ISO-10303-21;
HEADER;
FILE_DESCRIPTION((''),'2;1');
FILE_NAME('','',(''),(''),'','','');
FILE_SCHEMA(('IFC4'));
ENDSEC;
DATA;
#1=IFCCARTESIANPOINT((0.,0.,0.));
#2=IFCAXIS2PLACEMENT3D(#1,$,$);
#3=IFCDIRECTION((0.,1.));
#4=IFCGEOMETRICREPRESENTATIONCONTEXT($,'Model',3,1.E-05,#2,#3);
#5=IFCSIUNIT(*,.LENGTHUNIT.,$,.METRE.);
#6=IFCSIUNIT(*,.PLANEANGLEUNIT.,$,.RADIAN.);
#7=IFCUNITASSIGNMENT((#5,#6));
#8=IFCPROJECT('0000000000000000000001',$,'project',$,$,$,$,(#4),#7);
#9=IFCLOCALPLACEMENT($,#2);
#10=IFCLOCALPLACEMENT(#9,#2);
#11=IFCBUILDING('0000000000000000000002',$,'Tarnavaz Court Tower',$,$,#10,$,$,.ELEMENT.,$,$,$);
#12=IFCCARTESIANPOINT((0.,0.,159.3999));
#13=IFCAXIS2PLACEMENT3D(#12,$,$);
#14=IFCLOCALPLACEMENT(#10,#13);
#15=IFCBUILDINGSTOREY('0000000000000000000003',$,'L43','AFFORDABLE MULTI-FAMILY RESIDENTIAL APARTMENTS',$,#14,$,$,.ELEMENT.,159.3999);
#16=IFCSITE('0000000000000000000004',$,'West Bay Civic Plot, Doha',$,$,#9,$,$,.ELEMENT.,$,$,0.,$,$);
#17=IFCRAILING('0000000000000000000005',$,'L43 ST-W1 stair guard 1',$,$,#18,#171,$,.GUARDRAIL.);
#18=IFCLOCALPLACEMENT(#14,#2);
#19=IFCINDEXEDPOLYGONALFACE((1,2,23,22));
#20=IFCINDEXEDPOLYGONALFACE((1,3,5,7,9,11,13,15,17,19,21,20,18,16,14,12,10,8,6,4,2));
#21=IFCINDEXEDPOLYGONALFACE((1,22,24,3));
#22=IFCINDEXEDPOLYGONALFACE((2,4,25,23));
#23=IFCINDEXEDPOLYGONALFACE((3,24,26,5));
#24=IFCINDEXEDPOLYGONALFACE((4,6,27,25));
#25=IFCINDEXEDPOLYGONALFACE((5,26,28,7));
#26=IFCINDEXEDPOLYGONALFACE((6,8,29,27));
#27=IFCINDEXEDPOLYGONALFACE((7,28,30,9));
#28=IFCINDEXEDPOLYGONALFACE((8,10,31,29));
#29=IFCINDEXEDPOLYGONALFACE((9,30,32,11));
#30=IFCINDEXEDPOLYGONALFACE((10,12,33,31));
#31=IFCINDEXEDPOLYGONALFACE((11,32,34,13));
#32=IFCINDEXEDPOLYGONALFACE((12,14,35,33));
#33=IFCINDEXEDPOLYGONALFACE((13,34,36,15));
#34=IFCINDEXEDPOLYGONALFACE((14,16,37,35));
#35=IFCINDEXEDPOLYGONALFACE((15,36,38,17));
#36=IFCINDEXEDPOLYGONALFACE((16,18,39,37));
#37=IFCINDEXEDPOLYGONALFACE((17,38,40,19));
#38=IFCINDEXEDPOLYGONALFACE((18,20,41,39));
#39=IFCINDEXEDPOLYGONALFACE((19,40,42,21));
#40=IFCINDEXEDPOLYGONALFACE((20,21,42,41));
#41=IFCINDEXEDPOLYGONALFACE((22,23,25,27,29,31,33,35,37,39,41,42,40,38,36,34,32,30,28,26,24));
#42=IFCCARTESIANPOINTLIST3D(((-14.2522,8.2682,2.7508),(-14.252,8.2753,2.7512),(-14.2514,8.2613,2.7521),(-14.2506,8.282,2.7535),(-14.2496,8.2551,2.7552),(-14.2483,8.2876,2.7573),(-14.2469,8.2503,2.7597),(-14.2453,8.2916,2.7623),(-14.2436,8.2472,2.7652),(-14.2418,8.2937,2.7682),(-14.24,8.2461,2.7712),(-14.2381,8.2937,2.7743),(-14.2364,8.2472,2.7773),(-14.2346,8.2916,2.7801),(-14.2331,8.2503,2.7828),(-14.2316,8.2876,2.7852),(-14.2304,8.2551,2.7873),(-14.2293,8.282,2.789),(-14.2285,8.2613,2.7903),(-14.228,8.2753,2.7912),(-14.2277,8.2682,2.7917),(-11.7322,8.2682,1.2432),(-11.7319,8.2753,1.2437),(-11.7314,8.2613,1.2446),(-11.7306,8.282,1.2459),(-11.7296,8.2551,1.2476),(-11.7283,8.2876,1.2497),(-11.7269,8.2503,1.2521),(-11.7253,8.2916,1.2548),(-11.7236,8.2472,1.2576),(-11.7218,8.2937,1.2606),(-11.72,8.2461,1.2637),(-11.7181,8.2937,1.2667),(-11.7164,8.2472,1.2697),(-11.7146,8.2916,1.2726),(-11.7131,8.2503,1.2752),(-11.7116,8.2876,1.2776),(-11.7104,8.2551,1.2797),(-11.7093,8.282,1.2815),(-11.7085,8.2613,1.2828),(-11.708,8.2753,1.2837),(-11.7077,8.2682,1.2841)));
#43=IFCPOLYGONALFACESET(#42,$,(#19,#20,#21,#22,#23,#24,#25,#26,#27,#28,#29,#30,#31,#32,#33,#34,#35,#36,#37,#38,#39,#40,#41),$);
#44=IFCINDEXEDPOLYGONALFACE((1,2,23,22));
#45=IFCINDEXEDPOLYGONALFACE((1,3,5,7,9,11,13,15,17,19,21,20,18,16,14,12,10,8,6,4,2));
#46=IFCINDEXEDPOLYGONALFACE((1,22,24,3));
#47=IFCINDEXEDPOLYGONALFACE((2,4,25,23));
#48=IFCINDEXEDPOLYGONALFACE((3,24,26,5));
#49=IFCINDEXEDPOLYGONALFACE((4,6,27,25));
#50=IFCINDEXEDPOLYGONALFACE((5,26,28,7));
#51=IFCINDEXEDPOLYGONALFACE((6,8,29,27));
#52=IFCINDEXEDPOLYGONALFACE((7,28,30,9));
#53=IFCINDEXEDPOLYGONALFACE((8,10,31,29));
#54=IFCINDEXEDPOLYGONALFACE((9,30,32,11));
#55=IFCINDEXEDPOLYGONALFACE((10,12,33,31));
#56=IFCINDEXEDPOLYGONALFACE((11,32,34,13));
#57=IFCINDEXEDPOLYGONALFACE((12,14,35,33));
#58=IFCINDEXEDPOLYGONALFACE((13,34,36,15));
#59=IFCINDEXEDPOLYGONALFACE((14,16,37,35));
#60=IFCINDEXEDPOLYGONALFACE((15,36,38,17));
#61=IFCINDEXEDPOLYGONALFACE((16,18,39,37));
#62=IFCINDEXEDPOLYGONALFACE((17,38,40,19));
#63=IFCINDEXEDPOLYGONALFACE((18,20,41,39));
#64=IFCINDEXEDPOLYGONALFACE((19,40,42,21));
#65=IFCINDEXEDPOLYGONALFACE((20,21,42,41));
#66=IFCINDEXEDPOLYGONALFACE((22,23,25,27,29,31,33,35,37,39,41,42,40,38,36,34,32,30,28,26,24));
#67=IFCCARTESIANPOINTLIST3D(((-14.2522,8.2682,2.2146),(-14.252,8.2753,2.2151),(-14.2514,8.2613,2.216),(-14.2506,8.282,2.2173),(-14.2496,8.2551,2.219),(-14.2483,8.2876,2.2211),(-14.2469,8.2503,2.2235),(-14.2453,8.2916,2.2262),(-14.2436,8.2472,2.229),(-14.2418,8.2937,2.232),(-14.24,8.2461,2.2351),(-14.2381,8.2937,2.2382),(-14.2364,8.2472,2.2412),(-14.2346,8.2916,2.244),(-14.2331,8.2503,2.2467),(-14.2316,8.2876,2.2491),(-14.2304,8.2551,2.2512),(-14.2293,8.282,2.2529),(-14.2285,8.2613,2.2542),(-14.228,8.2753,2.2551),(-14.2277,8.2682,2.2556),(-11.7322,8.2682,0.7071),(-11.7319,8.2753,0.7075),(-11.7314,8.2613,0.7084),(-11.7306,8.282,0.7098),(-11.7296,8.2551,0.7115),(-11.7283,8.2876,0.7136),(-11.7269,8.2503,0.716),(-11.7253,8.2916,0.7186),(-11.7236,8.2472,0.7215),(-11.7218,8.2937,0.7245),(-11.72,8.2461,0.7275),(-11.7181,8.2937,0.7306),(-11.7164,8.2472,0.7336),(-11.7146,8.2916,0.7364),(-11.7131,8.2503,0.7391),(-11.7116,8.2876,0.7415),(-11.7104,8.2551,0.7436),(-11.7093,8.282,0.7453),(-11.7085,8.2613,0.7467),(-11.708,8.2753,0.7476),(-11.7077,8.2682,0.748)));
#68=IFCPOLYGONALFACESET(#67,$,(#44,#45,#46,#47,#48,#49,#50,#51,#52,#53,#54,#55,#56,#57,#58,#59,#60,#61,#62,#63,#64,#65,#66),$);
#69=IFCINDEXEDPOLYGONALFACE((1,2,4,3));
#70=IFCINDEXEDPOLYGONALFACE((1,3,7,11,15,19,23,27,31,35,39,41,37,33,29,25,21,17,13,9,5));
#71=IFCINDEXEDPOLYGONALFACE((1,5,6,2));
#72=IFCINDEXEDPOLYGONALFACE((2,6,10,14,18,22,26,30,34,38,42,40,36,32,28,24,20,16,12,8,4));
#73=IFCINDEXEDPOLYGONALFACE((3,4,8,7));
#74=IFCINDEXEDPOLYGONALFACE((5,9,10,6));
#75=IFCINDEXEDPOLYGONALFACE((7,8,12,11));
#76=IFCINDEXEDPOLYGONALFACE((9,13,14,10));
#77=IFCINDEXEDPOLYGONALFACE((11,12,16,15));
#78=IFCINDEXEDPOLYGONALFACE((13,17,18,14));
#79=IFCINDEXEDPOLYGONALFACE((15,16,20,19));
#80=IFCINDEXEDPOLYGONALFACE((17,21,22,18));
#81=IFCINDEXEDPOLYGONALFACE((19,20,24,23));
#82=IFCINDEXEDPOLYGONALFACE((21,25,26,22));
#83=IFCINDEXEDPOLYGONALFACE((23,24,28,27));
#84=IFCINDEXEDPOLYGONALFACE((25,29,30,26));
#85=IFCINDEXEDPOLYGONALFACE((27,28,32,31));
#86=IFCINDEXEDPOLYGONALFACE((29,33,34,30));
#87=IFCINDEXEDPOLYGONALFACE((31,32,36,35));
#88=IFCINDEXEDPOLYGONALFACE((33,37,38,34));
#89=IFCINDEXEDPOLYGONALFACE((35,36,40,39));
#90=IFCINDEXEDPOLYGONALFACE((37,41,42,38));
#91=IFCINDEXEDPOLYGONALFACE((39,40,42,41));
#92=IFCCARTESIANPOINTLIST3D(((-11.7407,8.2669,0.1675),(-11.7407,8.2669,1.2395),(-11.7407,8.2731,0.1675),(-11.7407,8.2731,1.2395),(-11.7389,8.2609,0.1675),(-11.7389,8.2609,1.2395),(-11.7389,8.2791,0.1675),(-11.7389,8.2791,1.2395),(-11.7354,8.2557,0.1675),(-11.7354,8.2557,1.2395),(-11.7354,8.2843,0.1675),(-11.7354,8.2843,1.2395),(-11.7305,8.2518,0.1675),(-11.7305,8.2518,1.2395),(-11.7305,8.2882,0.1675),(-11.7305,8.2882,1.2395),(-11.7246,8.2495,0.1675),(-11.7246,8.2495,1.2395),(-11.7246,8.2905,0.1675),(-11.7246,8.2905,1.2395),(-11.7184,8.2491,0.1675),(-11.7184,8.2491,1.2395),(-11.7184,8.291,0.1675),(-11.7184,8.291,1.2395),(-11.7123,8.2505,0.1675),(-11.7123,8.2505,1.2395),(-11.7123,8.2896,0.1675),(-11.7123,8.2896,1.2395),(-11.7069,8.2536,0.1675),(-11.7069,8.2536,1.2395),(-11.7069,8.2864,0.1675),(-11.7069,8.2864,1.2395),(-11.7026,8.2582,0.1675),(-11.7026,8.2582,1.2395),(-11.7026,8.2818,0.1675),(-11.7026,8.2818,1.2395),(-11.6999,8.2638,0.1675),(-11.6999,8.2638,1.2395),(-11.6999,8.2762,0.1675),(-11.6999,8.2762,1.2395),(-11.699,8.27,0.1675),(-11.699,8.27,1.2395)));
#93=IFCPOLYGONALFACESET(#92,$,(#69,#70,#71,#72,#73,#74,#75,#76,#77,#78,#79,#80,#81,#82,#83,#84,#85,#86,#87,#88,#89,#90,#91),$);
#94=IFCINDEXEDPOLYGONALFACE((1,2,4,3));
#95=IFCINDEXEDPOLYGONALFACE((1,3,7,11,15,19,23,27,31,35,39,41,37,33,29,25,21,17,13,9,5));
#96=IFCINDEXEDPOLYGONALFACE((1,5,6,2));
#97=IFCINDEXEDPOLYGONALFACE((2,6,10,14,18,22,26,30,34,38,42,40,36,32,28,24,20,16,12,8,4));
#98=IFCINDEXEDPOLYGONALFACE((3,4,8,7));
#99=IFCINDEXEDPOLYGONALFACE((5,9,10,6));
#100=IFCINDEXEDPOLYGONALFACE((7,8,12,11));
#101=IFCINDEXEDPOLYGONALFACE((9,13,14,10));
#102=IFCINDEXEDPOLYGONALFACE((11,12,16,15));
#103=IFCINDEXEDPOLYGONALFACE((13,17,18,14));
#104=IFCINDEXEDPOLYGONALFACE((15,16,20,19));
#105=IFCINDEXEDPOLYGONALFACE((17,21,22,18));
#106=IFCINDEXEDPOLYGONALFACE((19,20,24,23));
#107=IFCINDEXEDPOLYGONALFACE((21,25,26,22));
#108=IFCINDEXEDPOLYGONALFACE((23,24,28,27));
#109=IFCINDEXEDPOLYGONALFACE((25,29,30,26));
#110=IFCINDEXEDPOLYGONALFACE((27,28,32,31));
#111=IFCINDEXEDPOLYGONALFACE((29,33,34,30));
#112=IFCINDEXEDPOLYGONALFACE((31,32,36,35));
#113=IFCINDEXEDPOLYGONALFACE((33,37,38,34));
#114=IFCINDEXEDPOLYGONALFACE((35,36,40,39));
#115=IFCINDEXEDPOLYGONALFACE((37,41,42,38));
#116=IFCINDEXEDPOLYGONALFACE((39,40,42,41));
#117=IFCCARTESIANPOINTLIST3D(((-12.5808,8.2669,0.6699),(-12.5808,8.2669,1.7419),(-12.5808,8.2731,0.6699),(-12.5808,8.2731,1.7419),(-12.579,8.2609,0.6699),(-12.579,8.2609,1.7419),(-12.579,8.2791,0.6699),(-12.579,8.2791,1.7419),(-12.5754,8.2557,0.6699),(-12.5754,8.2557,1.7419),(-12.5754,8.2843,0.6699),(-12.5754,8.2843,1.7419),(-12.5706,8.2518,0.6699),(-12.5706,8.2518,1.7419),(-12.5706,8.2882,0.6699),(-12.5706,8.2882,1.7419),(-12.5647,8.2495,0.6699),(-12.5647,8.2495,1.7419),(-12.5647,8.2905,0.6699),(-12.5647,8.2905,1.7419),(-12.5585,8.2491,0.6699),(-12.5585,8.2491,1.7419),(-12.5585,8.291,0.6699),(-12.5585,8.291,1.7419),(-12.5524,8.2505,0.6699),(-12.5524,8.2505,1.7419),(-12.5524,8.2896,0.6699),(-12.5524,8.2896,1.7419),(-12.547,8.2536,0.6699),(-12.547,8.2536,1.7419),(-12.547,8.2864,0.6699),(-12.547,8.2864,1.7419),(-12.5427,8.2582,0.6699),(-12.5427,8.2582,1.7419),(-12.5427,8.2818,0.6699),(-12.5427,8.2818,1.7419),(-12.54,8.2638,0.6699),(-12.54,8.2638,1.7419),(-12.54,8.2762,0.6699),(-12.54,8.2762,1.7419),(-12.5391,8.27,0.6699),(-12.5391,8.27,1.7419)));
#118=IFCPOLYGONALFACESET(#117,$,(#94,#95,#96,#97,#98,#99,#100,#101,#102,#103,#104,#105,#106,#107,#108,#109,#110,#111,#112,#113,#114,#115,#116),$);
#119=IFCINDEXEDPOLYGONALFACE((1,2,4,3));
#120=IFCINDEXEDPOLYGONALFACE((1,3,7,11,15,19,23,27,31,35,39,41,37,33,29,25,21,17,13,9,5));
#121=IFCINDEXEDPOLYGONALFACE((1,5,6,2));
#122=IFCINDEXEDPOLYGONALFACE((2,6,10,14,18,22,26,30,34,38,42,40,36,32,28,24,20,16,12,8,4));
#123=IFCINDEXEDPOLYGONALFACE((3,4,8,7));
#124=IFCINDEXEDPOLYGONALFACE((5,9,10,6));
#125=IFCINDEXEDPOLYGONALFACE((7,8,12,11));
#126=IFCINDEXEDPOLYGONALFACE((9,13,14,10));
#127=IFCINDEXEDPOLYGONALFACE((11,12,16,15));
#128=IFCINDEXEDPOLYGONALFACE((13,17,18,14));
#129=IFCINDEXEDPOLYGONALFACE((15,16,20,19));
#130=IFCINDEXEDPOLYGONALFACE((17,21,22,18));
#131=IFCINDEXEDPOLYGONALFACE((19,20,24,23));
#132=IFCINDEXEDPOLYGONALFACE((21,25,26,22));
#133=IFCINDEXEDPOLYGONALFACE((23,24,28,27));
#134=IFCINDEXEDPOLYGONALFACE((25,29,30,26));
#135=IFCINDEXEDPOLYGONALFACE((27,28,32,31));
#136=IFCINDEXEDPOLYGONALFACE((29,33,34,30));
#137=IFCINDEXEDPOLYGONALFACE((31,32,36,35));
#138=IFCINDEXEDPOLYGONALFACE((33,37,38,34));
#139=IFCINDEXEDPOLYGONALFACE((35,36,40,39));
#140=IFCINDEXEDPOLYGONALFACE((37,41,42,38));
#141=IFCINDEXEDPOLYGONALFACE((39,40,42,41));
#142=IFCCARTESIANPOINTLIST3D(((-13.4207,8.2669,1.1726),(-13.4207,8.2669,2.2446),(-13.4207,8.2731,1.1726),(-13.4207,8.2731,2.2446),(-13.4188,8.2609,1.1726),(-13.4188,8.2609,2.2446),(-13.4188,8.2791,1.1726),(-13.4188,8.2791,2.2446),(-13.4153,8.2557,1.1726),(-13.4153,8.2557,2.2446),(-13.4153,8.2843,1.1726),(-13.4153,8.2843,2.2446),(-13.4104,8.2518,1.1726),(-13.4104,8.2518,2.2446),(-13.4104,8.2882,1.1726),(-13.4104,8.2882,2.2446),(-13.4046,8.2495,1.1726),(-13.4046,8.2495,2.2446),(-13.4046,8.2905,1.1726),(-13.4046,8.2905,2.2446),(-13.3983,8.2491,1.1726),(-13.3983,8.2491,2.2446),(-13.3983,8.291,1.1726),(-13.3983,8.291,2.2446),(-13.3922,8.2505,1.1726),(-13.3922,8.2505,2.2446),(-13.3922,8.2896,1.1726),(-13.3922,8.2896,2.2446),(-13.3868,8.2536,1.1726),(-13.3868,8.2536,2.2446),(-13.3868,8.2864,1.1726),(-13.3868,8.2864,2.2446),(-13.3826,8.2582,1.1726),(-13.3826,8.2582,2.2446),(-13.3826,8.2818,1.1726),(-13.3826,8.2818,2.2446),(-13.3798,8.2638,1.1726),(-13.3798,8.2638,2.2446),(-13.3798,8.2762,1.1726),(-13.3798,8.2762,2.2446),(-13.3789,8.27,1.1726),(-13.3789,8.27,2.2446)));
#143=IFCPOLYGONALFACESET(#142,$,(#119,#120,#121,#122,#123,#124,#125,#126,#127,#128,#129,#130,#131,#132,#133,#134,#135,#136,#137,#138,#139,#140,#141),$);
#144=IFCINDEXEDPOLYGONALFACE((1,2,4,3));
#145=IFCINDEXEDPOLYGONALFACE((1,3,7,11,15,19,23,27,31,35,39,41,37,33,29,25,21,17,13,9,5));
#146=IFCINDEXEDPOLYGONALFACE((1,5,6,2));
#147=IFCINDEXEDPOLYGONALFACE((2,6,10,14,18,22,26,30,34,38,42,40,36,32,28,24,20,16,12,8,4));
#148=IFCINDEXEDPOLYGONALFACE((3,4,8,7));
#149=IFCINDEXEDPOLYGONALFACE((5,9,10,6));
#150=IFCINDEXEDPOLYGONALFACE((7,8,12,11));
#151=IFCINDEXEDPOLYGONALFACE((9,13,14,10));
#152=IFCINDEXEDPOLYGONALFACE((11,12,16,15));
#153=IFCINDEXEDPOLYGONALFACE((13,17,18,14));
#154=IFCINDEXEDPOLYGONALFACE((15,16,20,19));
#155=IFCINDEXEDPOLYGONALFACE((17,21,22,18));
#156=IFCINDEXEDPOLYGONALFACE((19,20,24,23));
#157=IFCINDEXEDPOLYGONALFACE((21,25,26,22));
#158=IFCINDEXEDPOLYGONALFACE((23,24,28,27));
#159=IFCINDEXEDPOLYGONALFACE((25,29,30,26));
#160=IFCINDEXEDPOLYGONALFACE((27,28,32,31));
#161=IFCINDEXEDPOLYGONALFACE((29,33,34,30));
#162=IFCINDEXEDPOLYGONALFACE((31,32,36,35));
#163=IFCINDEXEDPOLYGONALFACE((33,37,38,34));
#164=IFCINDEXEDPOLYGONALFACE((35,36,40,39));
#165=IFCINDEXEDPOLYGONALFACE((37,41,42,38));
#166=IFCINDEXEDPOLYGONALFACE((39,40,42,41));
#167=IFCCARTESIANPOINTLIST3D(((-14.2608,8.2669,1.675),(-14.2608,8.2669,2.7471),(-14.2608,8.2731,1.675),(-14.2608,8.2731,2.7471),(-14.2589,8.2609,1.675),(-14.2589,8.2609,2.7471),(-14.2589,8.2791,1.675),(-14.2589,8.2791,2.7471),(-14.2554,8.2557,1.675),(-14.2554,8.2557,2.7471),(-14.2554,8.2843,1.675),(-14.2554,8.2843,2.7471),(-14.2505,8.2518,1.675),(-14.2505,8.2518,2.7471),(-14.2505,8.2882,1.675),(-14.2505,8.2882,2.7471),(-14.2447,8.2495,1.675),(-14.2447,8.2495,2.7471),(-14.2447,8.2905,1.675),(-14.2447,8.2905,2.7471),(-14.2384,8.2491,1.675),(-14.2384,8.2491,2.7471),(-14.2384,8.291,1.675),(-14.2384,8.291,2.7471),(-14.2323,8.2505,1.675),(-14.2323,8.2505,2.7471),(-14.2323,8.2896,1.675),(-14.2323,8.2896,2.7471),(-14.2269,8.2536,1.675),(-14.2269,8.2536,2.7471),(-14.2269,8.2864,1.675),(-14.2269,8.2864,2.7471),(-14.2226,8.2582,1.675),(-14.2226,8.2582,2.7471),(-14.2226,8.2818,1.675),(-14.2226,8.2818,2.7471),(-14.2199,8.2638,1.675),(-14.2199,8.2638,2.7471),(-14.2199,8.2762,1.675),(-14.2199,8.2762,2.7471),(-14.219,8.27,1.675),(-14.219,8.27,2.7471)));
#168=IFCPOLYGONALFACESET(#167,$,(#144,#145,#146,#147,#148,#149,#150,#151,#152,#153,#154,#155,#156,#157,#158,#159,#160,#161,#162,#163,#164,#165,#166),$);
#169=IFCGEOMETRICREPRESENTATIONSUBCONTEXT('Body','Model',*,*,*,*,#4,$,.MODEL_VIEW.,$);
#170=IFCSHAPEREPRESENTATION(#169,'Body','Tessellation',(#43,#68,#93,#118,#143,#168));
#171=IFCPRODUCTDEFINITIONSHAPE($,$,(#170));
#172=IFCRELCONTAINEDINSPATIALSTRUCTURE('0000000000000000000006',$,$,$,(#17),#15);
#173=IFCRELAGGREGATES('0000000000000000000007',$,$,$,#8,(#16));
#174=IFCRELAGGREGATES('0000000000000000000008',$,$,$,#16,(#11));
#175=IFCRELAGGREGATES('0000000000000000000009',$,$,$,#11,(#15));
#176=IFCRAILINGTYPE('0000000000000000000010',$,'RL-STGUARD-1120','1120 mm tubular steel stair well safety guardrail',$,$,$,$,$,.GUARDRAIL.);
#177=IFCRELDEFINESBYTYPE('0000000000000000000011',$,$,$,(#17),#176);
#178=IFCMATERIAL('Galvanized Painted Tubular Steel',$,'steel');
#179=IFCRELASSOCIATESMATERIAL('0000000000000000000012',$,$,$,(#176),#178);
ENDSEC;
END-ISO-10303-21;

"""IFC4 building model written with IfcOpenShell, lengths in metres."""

from ifc_helpers import new_model, si_unit, direction, frame, origin, origin_2d, place, context, subcontext, project, spatial, circle, extrude, material, type_object, element, save


model = new_model("IFC4")

# Units and contexts
model_context = context("Model", 3, precision=1e-05, world=origin(), true_north=direction((0.0, 1.0)))
body_context = subcontext(model_context, "Body", "Model", "MODEL_VIEW")
ifc_project = project(units=[si_unit("LENGTHUNIT", "METRE"), si_unit("PLANEANGLEUNIT", "RADIAN")], contexts=[model_context])

# Site, building, storey
site_placement = place(None, origin())
site = spatial("IfcSite", under=ifc_project, at=site_placement, Name="West Bay Civic Plot, Doha", CompositionType="ELEMENT", RefElevation=0.0)
building_placement = place(site_placement, origin())
building = spatial("IfcBuilding", under=site, at=building_placement, Name="Tarnavaz Court Tower", CompositionType="ELEMENT")
storey_placement = place(building_placement, frame((0.0, 0.0, 159.3999)))
storey = spatial("IfcBuildingStorey", under=building, at=storey_placement, Name="L43", Description="AFFORDABLE MULTI-FAMILY RESIDENTIAL APARTMENTS", CompositionType="ELEMENT", Elevation=159.3999)

# Railing
ifc_material_1 = material(Name="Galvanized Painted Tubular Steel", Category="steel")
railing_type_1 = type_object("IfcRailingType", Name="RL-STGUARD-1120", Description="1120 mm tubular steel stair well safety guardrail", PredefinedType="GUARDRAIL", material=ifc_material_1)
railing_1_placement = place(storey_placement, frame((-11.72, 8.27, 0.1675)))
element("IfcRailing", 1, at=railing_1_placement, inside=storey, type_object=railing_type_1, Name="L43 ST-W1 stair guard 1", PredefinedType="GUARDRAIL", context=body_context, shape_type="SweptSolid", body=[
    extrude(circle(Radius=0.0239, at=origin_2d()), frame((0.0, 0.0, 1.0962), z_axis=(-0.85816, 0.0, 0.513383), x_axis=(0.0, -1.0, 0.0)), (0.0, 0.0, 1.0), 2.9365),
    extrude(circle(Radius=0.0239, at=origin_2d()), frame((0.0, 0.0, 0.5601), z_axis=(-0.85816, 0.0, 0.513383), x_axis=(0.0, -1.0, 0.0)), (0.0, 0.0, 1.0), 2.9365),
    extrude(circle(Radius=0.021, at=origin_2d()), origin(), (0.0, 0.0, 1.0), 1.072),
    extrude(circle(Radius=0.021, at=origin_2d()), frame((-0.8401, 0.0, 0.5024)), (0.0, 0.0, 1.0), 1.072),
    extrude(circle(Radius=0.021, at=origin_2d()), frame((-1.6799, 0.0, 1.0051)), (0.0, 0.0, 1.0), 1.072),
    extrude(circle(Radius=0.021, at=origin_2d()), frame((-2.52, 0.0, 1.5076)), (0.0, 0.0, 1.0), 1.072),
])

save(model, "model.ifc")
